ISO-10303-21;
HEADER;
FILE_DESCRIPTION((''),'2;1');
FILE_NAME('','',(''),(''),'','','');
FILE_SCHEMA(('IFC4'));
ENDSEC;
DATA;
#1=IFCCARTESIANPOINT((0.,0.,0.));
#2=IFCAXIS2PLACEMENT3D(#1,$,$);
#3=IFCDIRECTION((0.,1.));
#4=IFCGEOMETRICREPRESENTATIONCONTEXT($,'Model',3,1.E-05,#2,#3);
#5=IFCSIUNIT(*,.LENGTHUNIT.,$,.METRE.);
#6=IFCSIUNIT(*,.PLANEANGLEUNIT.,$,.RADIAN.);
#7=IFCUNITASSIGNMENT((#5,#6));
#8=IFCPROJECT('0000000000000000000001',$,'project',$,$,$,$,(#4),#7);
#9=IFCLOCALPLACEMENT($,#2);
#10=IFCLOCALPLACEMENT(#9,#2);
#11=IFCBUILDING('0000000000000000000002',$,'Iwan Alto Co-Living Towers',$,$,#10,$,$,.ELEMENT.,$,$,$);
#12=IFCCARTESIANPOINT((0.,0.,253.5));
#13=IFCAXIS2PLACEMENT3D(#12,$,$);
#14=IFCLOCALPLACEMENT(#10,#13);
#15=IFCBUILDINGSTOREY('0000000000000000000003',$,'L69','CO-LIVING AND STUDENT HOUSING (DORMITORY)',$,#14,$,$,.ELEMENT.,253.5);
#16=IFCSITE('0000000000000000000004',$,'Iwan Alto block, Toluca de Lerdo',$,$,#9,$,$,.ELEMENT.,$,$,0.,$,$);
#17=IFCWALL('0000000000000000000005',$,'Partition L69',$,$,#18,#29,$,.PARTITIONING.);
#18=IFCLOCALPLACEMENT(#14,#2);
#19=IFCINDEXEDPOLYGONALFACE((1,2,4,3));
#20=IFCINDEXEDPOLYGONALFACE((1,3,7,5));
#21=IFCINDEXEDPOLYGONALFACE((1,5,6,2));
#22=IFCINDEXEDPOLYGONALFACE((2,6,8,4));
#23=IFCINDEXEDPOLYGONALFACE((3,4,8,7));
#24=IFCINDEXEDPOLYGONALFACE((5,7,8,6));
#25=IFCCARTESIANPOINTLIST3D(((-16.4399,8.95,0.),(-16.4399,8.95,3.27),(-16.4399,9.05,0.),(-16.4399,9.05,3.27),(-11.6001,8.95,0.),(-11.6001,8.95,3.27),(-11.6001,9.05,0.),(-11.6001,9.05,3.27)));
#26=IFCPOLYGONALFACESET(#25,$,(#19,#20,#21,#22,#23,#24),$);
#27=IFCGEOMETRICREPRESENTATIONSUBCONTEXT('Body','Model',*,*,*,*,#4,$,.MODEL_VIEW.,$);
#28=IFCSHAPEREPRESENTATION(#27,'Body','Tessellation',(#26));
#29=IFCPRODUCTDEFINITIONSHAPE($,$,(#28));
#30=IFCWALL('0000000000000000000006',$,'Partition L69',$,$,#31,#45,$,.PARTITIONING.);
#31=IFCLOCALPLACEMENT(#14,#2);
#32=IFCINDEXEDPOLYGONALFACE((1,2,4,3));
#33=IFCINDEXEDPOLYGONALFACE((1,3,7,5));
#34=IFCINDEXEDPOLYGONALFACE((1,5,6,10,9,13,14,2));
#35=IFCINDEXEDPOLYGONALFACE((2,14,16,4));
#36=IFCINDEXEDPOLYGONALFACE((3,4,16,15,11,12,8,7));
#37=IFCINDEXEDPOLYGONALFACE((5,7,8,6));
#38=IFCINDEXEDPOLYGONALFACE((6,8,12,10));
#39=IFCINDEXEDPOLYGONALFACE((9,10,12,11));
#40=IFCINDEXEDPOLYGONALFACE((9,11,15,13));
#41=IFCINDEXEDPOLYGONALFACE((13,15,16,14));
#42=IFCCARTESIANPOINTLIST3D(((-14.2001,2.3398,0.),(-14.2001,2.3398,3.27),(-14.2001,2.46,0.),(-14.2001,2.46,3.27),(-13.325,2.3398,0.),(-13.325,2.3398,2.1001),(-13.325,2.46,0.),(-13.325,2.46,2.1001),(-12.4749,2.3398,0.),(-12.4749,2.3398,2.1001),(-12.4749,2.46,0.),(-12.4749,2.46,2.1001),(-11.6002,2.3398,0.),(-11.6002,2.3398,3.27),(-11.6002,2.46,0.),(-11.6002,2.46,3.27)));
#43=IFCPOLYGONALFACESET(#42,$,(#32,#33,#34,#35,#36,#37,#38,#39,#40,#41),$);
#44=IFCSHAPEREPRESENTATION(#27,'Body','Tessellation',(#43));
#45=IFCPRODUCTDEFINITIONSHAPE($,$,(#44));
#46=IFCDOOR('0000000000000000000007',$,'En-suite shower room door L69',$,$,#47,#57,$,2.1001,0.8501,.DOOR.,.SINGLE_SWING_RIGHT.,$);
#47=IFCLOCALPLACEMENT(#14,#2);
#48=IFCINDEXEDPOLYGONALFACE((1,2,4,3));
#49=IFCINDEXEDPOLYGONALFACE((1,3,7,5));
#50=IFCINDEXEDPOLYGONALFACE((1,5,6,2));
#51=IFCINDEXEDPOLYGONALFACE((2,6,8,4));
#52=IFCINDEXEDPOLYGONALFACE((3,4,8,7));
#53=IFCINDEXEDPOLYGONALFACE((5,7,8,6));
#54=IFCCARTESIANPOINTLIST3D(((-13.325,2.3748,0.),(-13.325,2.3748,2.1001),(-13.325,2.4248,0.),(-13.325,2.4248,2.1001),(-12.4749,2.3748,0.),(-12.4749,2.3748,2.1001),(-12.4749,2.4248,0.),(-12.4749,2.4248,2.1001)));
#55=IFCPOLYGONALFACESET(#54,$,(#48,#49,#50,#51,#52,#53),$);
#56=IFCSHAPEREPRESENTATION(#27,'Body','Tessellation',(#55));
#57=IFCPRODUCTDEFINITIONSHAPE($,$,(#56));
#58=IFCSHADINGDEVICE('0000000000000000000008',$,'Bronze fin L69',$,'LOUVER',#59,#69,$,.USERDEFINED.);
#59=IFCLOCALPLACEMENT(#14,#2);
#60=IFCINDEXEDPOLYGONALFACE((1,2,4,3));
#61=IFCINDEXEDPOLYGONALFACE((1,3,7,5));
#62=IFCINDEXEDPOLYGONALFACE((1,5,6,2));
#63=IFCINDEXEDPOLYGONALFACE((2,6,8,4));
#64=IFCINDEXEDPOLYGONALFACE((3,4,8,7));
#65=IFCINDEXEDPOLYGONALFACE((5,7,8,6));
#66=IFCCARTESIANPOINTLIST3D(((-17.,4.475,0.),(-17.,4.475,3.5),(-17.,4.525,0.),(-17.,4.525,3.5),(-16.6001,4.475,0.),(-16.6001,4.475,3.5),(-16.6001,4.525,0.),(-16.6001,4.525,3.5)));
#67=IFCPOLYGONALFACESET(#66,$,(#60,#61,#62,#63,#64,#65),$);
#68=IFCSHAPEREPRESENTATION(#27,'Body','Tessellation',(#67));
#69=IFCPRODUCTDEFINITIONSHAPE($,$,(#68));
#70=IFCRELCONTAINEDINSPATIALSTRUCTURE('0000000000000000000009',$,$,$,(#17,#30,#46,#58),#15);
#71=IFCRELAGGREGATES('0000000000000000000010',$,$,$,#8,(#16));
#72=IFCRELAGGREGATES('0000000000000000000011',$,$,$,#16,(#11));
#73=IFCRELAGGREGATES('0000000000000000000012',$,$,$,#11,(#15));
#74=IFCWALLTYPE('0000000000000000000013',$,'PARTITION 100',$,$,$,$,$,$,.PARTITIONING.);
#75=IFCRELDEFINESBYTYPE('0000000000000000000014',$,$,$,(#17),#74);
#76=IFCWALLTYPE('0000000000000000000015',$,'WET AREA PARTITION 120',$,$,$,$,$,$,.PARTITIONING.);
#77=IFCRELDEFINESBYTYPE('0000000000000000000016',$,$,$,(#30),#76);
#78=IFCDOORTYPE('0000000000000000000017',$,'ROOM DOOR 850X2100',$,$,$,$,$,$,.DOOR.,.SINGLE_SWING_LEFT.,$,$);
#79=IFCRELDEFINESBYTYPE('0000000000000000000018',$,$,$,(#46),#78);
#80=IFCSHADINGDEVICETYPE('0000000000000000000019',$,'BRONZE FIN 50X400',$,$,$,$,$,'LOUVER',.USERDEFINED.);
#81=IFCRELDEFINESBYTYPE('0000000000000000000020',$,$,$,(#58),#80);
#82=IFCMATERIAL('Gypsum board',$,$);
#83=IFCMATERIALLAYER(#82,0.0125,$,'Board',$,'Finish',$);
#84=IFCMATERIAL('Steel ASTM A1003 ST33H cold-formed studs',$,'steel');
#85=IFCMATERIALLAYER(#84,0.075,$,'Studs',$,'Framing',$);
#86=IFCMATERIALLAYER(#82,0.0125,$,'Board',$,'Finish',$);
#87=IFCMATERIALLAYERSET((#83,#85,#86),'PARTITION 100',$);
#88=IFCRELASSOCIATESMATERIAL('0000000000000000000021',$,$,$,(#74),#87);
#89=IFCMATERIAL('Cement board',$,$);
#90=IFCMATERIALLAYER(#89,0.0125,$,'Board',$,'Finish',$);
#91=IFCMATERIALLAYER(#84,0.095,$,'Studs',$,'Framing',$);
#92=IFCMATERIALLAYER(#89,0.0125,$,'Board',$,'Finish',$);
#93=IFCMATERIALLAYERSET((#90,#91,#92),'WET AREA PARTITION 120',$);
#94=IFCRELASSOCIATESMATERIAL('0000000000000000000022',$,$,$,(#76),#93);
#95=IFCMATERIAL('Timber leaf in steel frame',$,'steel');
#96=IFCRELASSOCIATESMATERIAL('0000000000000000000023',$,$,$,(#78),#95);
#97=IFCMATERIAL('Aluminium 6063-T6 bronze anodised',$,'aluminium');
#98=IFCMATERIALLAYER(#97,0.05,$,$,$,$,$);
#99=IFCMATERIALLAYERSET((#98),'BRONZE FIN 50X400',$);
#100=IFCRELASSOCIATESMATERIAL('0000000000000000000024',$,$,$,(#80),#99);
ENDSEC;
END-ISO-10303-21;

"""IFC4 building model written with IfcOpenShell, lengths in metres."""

from ifc_helpers import new_model, si_unit, direction, frame, frame_2d, origin, origin_2d, place, context, subcontext, project, spatial, rectangle, extrude, material, layer, layer_set, type_object, element, fill, save


model = new_model("IFC4")

# Units and contexts
model_context = context("Model", 3, precision=1e-05, world=origin(), true_north=direction((0.0, 1.0)))
body_context = subcontext(model_context, "Body", "Model", "MODEL_VIEW")
ifc_project = project(units=[si_unit("LENGTHUNIT", "METRE"), si_unit("PLANEANGLEUNIT", "RADIAN")], contexts=[model_context])

# Site, building, storey
site_placement = place(None, origin())
site = spatial("IfcSite", under=ifc_project, at=site_placement, Name="Iwan Alto block, Toluca de Lerdo", CompositionType="ELEMENT", RefElevation=0.0)
building_placement = place(site_placement, origin())
building = spatial("IfcBuilding", under=site, at=building_placement, Name="Iwan Alto Co-Living Towers", CompositionType="ELEMENT")
storey_placement = place(building_placement, frame((0.0, 0.0, 253.5)))
storey = spatial("IfcBuildingStorey", under=building, at=storey_placement, Name="L69", Description="CO-LIVING AND STUDENT HOUSING (DORMITORY)", CompositionType="ELEMENT", Elevation=253.5)

# Wall
ifc_material_1 = material(Name="Gypsum board")
ifc_layer_1 = layer(ifc_material_1, 0.0125, Name="Board", Category="Finish")
ifc_material_2 = material(Name="Steel ASTM A1003 ST33H cold-formed studs", Category="steel")
ifc_layer_2 = layer(ifc_material_2, 0.075, Name="Studs", Category="Framing")
ifc_layer_3 = layer(ifc_material_1, 0.0125, Name="Board", Category="Finish")
ifc_layer_set_1 = layer_set([ifc_layer_1, ifc_layer_2, ifc_layer_3], Name="PARTITION 100")
wall_type_1 = type_object("IfcWallType", Name="PARTITION 100", PredefinedType="PARTITIONING", material=ifc_layer_set_1)
wall_1_placement = place(storey_placement, frame((-16.4399, 9.0, 0.0), z_axis=(0.0, 0.0, 1.0), x_axis=(1.0, 0.0, 0.0)))
element("IfcWall", 1, at=wall_1_placement, inside=storey, type_object=wall_type_1, Name="Partition L69", PredefinedType="PARTITIONING", context=body_context, shape_type="SweptSolid", body=[
    extrude(rectangle(XDim=4.8398, YDim=0.1001, at=frame_2d((2.4199, 0.0))), origin(), (0.0, 0.0, 1.0), 3.27),
])

# Wall, opening, door
ifc_material_3 = material(Name="Cement board")
ifc_layer_4 = layer(ifc_material_3, 0.0125, Name="Board", Category="Finish")
ifc_layer_5 = layer(ifc_material_2, 0.095, Name="Studs", Category="Framing")
ifc_layer_6 = layer(ifc_material_3, 0.0125, Name="Board", Category="Finish")
ifc_layer_set_2 = layer_set([ifc_layer_4, ifc_layer_5, ifc_layer_6], Name="WET AREA PARTITION 120")
wall_type_2 = type_object("IfcWallType", Name="WET AREA PARTITION 120", PredefinedType="PARTITIONING", material=ifc_layer_set_2)
wall_2_placement = place(storey_placement, frame((-14.2, 2.3999, 0.0), z_axis=(0.0, 0.0, 1.0), x_axis=(1.0, 0.0, 0.0)))
wall_2 = element("IfcWall", 2, at=wall_2_placement, inside=storey, type_object=wall_type_2, Name="Partition L69", PredefinedType="PARTITIONING", context=body_context, shape_type="SweptSolid", body=[
    extrude(rectangle(XDim=2.5999, YDim=0.1201, at=frame_2d((1.2998, 0.0))), origin(), (0.0, 0.0, 1.0), 3.27),
])
opening_placement = place(wall_2_placement, frame((0.875, 0.0, 0.0)))
opening = element("IfcOpeningElement", 3, at=opening_placement, cuts=wall_2, PredefinedType="OPENING", context=body_context, shape_type="SweptSolid", body=[
    extrude(rectangle(XDim=0.8501, YDim=2.1001, at=frame_2d((0.425, 1.05))), frame((0.0, 0.0701, 0.0), z_axis=(0.0, -1.0, 0.0), x_axis=(1.0, 0.0, 0.0)), (0.0, 0.0, 1.0), 0.1401),
])
ifc_material_4 = material(Name="Timber leaf in steel frame", Category="steel")
door_type = type_object("IfcDoorType", Name="ROOM DOOR 850X2100", OperationType="SINGLE_SWING_LEFT", PredefinedType="DOOR", material=ifc_material_4)
door_placement = place(opening_placement, origin())
door = element("IfcDoor", 4, at=door_placement, inside=storey, type_object=door_type, Name="En-suite shower room door L69", OperationType="SINGLE_SWING_RIGHT", OverallHeight=2.1001, OverallWidth=0.8501, PredefinedType="DOOR", context=body_context, shape_type="SweptSolid", body=[
    extrude(rectangle(XDim=0.8501, YDim=2.1001, at=frame_2d((0.425, 1.05))), frame((0.0, 0.0249, 0.0), z_axis=(0.0, -1.0, 0.0), x_axis=(1.0, 0.0, 0.0)), (0.0, 0.0, 1.0), 0.05),
])
fill(opening, door)

# Shading device
ifc_material_5 = material(Name="Aluminium 6063-T6 bronze anodised", Category="aluminium")
ifc_layer_7 = layer(ifc_material_5, 0.05)
ifc_layer_set_3 = layer_set([ifc_layer_7], Name="BRONZE FIN 50X400")
shading_device_type = type_object("IfcShadingDeviceType", Name="BRONZE FIN 50X400", ElementType="LOUVER", PredefinedType="USERDEFINED", material=ifc_layer_set_3)
shading_device_placement = place(storey_placement, frame((-16.8, 4.5, 0.0), z_axis=(0.0, 0.0, 1.0), x_axis=(0.0, -1.0, 0.0)))
element("IfcShadingDevice", 5, at=shading_device_placement, inside=storey, type_object=shading_device_type, Name="Bronze fin L69", ObjectType="LOUVER", PredefinedType="USERDEFINED", context=body_context, shape_type="SweptSolid", body=[
    extrude(rectangle(XDim=0.05, YDim=0.3999, at=origin_2d()), origin(), (0.0, 0.0, 1.0), 3.5),
])

save(model, "model.ifc")
